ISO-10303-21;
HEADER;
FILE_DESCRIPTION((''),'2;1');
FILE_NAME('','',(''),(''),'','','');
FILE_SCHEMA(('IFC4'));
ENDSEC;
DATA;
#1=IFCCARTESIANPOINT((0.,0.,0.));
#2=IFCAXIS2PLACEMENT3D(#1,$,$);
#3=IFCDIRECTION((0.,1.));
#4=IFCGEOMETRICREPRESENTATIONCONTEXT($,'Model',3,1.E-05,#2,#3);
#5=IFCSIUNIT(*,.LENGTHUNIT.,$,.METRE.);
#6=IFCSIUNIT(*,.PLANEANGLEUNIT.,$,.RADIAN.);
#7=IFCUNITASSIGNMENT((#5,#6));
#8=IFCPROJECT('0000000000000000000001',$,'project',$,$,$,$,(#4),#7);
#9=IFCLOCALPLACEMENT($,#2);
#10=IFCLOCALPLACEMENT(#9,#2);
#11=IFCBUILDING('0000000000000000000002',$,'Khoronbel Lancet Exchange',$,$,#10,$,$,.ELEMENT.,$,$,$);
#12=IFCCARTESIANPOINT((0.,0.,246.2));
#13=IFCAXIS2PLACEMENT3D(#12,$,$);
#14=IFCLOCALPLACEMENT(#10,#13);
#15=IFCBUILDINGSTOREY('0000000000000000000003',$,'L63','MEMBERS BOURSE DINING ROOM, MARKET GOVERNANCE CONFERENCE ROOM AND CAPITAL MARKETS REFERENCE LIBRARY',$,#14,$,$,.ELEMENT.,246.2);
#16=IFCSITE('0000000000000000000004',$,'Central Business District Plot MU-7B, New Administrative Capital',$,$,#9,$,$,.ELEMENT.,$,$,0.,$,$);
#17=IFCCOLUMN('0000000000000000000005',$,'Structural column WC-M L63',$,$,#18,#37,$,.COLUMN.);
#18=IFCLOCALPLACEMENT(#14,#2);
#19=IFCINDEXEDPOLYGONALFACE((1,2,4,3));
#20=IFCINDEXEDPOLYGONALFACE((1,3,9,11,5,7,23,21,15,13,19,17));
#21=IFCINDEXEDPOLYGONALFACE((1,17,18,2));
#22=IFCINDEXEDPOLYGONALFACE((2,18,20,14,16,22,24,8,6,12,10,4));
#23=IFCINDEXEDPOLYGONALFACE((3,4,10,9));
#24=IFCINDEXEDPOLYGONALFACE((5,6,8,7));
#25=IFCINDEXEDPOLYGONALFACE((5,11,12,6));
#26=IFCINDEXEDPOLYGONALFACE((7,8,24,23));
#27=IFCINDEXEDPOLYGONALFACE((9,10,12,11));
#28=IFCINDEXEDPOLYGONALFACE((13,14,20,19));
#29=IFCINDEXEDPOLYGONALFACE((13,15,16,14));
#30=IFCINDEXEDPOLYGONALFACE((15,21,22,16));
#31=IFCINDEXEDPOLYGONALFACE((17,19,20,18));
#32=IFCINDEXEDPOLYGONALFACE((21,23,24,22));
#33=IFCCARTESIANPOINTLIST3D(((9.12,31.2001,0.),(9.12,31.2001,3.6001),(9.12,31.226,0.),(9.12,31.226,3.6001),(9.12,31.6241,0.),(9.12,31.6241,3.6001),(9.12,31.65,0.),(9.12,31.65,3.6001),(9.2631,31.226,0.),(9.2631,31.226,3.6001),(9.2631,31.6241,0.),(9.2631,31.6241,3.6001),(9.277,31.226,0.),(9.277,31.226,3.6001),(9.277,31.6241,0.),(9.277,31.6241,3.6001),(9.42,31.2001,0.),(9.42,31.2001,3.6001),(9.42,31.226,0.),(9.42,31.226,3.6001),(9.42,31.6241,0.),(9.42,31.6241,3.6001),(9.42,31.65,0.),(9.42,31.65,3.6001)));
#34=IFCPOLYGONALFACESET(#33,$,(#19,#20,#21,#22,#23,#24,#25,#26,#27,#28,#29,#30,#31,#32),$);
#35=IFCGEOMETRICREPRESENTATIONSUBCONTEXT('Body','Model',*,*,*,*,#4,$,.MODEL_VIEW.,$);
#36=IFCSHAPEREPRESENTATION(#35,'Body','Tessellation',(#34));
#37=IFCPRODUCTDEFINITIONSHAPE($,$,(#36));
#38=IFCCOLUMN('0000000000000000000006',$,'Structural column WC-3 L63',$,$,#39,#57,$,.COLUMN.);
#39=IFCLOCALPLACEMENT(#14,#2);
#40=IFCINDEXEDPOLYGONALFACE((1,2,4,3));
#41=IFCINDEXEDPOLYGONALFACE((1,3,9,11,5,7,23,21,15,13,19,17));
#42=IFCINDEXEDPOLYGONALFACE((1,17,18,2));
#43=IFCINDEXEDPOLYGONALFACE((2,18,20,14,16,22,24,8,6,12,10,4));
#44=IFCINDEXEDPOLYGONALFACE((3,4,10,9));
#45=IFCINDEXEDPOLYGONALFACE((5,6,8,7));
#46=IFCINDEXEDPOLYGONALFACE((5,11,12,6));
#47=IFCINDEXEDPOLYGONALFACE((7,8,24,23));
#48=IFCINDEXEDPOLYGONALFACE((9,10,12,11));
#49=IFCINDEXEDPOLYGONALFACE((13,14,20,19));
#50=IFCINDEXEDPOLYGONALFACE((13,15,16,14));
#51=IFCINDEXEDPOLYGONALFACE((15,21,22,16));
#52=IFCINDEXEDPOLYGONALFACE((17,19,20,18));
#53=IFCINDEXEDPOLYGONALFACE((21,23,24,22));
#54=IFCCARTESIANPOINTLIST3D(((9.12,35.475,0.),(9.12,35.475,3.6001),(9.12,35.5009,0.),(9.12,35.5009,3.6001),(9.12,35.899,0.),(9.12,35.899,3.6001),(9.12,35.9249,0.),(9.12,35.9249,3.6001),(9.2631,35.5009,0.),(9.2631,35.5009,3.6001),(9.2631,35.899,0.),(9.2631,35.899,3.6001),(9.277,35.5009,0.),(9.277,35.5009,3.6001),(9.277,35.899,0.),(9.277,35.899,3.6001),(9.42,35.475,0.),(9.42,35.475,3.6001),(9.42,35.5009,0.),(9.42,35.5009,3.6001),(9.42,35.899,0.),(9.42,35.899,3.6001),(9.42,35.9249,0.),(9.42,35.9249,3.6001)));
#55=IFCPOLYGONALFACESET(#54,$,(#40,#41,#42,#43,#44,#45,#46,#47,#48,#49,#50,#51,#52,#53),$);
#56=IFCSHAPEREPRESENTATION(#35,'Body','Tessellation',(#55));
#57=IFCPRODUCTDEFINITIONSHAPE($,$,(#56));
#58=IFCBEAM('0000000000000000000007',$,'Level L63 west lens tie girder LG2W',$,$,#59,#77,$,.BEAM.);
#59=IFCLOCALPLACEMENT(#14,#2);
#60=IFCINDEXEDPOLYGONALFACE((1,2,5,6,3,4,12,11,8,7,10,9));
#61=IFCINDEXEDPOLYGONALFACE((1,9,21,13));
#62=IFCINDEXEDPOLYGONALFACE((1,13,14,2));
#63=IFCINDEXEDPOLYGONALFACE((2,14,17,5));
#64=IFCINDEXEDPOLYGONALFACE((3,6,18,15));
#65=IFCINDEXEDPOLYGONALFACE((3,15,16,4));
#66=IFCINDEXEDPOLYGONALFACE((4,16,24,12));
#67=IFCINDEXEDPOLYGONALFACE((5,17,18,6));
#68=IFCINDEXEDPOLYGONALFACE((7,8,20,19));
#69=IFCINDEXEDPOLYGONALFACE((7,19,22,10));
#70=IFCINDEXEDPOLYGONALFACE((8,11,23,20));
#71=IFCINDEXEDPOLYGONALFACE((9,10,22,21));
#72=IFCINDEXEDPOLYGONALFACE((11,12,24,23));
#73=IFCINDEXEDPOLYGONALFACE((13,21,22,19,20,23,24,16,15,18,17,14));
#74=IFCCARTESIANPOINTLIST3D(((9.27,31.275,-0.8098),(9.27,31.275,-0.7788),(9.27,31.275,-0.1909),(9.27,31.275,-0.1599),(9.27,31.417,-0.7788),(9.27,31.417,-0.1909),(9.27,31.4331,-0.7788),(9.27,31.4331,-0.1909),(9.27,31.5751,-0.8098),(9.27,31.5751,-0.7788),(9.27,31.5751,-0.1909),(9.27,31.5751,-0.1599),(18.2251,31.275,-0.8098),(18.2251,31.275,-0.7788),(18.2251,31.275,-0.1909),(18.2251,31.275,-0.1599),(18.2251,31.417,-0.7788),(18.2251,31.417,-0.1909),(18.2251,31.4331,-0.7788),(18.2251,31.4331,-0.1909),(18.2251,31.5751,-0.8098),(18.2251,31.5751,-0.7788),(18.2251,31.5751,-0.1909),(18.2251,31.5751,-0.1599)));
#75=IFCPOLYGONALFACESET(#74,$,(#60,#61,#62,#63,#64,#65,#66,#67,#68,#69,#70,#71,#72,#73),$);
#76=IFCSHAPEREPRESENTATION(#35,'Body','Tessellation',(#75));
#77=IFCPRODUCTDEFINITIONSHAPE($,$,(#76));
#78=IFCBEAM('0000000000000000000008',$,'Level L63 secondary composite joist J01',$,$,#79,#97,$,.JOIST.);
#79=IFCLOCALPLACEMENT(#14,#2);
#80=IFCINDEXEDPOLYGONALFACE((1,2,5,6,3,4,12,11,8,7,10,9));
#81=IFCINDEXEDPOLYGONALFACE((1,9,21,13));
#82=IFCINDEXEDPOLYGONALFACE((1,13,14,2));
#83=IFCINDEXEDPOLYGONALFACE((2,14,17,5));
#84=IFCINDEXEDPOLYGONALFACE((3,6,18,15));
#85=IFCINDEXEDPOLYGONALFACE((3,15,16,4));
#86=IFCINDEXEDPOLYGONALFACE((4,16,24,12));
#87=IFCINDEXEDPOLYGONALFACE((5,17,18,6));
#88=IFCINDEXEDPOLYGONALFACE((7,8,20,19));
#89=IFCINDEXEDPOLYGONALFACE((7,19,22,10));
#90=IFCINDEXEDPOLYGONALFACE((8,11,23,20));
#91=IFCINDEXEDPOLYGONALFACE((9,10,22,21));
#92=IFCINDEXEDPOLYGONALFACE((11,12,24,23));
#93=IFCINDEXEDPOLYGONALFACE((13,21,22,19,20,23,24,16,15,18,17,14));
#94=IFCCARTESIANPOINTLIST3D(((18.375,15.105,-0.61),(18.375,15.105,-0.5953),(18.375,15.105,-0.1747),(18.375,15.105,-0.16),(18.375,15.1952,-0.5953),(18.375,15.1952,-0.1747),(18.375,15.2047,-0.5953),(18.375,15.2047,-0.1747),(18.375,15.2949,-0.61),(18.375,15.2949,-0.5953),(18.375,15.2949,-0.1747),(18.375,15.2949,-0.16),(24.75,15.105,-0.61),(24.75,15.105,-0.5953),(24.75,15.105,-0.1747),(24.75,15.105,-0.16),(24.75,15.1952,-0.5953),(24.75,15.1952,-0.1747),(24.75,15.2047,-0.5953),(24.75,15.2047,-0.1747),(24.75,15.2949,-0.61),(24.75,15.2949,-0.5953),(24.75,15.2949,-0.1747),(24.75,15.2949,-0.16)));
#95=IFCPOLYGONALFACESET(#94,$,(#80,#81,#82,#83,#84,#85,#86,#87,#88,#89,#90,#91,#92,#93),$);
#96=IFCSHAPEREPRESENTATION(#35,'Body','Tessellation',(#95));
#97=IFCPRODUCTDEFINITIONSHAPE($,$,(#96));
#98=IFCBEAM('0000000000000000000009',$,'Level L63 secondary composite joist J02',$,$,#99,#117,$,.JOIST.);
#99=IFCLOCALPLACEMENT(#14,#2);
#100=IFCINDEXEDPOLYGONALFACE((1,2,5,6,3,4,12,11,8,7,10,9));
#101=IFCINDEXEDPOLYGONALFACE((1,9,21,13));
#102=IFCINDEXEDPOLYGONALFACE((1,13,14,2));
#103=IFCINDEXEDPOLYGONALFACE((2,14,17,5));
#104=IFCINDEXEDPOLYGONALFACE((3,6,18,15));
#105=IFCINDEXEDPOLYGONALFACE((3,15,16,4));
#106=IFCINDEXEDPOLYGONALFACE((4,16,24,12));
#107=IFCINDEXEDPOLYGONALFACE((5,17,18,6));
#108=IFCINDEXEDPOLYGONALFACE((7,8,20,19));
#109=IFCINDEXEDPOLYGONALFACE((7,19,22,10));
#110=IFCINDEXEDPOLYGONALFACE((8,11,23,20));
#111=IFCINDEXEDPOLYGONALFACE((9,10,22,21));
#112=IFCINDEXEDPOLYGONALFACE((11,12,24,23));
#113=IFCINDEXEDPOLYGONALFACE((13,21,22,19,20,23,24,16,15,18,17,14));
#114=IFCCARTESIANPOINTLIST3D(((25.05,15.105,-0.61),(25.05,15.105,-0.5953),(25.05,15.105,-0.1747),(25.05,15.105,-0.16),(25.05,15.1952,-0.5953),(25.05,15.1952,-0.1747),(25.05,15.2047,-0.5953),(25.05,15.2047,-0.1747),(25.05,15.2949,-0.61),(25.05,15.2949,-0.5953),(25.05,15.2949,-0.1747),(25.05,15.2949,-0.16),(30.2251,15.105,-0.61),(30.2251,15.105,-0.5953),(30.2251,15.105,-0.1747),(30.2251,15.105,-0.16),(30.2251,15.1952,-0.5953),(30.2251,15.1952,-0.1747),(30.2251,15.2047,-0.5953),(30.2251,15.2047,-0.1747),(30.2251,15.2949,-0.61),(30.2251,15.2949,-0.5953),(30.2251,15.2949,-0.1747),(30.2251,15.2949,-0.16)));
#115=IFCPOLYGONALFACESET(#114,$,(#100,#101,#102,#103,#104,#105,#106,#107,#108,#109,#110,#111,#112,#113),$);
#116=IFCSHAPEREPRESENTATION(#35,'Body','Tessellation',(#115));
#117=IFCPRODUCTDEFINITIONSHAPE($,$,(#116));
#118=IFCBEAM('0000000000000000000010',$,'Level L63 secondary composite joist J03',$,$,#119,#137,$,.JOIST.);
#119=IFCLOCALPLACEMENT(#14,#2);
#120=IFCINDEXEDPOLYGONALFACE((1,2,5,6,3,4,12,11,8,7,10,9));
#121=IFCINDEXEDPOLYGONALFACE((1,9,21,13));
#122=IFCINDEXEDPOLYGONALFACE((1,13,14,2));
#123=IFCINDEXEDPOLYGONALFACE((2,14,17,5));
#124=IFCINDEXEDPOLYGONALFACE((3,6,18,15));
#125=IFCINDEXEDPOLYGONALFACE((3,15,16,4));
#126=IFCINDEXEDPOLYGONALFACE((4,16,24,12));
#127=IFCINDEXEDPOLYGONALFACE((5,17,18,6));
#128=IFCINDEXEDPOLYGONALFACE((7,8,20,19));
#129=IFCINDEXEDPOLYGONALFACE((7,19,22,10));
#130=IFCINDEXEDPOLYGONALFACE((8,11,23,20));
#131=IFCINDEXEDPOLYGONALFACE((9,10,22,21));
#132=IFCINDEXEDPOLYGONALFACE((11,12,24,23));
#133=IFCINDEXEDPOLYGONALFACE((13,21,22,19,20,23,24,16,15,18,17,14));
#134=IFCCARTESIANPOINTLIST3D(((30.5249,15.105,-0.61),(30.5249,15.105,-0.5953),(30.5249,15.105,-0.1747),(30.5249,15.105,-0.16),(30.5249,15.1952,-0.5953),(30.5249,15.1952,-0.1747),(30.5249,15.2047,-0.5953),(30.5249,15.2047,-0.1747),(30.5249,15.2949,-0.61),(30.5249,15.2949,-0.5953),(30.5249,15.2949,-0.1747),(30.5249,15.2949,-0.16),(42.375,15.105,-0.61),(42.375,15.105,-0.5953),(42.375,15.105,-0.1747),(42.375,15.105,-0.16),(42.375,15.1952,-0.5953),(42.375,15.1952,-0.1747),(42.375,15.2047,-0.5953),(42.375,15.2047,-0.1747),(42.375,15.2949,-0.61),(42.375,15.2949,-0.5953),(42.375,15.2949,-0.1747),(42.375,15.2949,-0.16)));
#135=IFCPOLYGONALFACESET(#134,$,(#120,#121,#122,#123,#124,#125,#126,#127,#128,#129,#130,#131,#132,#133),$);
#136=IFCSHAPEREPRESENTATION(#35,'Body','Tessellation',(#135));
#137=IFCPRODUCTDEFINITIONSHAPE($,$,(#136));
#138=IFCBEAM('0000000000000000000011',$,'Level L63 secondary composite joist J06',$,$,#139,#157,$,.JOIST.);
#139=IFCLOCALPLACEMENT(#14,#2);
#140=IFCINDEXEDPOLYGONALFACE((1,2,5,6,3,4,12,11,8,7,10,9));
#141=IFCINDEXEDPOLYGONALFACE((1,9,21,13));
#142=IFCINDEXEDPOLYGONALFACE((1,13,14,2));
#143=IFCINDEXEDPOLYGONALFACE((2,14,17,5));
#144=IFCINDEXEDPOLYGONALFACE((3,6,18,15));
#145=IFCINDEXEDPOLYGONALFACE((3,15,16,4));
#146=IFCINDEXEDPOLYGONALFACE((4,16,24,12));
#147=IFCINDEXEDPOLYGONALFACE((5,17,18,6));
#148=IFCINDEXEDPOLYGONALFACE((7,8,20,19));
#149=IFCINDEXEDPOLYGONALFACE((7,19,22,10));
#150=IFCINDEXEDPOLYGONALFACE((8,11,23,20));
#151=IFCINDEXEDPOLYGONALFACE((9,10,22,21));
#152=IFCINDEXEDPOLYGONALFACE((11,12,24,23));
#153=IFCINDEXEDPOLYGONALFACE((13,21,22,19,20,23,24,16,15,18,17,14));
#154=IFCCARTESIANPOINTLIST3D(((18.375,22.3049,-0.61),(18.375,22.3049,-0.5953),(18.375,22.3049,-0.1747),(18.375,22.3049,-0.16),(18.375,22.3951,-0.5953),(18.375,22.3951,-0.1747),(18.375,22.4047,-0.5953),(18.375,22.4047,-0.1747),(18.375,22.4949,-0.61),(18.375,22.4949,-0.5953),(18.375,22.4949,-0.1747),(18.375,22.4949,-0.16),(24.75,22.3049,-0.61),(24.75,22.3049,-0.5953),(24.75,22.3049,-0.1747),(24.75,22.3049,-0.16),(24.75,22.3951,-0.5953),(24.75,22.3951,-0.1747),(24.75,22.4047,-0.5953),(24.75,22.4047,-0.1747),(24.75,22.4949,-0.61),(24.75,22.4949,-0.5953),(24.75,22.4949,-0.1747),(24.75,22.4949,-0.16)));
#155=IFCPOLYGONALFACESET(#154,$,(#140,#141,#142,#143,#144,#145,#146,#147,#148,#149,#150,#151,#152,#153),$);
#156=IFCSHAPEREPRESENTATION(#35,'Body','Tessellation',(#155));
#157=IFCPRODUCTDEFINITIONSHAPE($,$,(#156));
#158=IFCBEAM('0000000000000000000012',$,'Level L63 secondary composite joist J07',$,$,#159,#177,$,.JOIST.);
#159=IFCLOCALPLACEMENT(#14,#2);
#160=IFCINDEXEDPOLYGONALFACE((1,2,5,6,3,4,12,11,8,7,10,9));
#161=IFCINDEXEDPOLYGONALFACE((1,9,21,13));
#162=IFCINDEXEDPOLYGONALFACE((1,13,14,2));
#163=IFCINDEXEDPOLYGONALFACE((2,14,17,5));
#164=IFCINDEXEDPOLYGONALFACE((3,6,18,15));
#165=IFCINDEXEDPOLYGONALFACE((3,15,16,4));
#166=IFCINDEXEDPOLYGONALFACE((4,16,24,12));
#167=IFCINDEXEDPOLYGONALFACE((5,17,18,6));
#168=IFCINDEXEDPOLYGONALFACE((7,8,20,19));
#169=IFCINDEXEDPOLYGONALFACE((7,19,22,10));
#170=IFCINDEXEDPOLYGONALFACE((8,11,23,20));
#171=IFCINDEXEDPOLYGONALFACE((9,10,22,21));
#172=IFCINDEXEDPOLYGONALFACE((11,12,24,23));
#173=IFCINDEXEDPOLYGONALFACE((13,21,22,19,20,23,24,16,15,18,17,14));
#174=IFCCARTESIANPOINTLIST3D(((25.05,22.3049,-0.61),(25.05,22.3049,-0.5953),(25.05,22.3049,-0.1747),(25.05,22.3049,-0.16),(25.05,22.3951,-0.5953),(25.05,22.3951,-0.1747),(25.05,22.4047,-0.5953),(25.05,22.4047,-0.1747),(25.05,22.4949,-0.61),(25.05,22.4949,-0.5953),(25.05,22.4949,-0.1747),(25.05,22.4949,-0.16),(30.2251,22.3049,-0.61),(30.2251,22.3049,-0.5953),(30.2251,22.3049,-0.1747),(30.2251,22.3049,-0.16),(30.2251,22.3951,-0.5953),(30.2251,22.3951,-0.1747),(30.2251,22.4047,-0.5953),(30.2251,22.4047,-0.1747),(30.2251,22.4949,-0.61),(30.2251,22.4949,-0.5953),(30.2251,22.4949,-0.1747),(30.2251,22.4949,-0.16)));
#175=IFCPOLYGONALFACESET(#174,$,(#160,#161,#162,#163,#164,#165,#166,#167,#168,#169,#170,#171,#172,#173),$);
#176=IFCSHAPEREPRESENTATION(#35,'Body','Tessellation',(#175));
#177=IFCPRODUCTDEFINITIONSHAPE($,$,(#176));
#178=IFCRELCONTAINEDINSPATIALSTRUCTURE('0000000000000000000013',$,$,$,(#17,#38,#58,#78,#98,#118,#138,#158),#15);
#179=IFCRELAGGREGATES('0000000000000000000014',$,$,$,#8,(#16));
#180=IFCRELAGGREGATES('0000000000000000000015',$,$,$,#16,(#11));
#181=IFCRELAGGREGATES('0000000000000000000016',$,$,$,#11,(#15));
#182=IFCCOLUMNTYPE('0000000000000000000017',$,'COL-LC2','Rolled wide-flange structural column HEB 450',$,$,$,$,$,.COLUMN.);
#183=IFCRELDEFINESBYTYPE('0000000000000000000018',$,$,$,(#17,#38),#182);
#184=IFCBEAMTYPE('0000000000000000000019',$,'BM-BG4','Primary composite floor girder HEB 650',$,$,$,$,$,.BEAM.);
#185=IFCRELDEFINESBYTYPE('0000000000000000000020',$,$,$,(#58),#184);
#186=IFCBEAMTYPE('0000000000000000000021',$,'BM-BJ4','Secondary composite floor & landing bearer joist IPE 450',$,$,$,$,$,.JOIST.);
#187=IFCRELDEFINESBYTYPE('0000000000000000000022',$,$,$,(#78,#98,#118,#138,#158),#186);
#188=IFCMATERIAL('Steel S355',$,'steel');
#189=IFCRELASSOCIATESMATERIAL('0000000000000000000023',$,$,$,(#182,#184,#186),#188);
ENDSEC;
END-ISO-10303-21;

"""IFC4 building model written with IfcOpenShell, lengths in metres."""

from ifc_helpers import new_model, si_unit, direction, frame, origin, origin_2d, place, context, subcontext, project, spatial, i_section, extrude, material, material_profile, profile_set, type_object, element, save


model = new_model("IFC4")

# Units and contexts
model_context = context("Model", 3, precision=1e-05, world=origin(), true_north=direction((0.0, 1.0)))
body_context = subcontext(model_context, "Body", "Model", "MODEL_VIEW")
ifc_project = project(units=[si_unit("LENGTHUNIT", "METRE"), si_unit("PLANEANGLEUNIT", "RADIAN")], contexts=[model_context])

# Site, building, storey
site_placement = place(None, origin())
site = spatial("IfcSite", under=ifc_project, at=site_placement, Name="Central Business District Plot MU-7B, New Administrative Capital", CompositionType="ELEMENT", RefElevation=0.0)
building_placement = place(site_placement, origin())
building = spatial("IfcBuilding", under=site, at=building_placement, Name="Khoronbel Lancet Exchange", CompositionType="ELEMENT")
storey_placement = place(building_placement, frame((0.0, 0.0, 246.2)))
storey = spatial("IfcBuildingStorey", under=building, at=storey_placement, Name="L63", Description="MEMBERS BOURSE DINING ROOM, MARKET GOVERNANCE CONFERENCE ROOM AND CAPITAL MARKETS REFERENCE LIBRARY", CompositionType="ELEMENT", Elevation=246.2)

# Columns
ifc_material_1 = material(Name="Steel S355", Category="steel")
ifc_material_profile_1 = material_profile(ifc_material_1, i_section(OverallWidth=0.3, OverallDepth=0.45, WebThickness=0.0139, FlangeThickness=0.0259, at=origin_2d()), Name="HEB 450")
ifc_profile_set_1 = profile_set([ifc_material_profile_1], Name="Steel S355")
column_type = type_object("IfcColumnType", Name="COL-LC2", Description="Rolled wide-flange structural column HEB 450", PredefinedType="COLUMN", material=ifc_profile_set_1)
for number, where, z_axis, x_axis, name in (
    (1, (9.27, 31.425, 0.0), (0.0, 0.0, 1.0), (1.0, 0.0, 0.0), "Structural column WC-M L63"),
    (2, (9.27, 35.7, 0.0), (0.0, 0.0, 1.0), (1.0, 0.0, 0.0), "Structural column WC-3 L63"),
):
    element("IfcColumn", number, at=place(storey_placement, frame(where, z_axis=z_axis, x_axis=x_axis)), inside=storey, type_object=column_type, Name=name, PredefinedType="COLUMN", context=body_context, shape_type="SweptSolid", body=[
        extrude(i_section(OverallWidth=0.3, OverallDepth=0.45, WebThickness=0.0139, FlangeThickness=0.0259, at=origin_2d()), origin(), (0.0, 0.0, 1.0), 3.6001),
    ])

# Beams
ifc_material_profile_2 = material_profile(ifc_material_1, i_section(OverallWidth=0.3, OverallDepth=0.6499, WebThickness=0.0161, FlangeThickness=0.031, at=origin_2d()), Name="HEB 650")
ifc_profile_set_2 = profile_set([ifc_material_profile_2], Name="Steel S355")
beam_type_1 = type_object("IfcBeamType", Name="BM-BG4", Description="Primary composite floor girder HEB 650", PredefinedType="BEAM", material=ifc_profile_set_2)
beam_1_placement = place(storey_placement, frame((9.27, 31.425, -0.4849), z_axis=(1.0, 0.0, 0.0), x_axis=(0.0, 1.0, 0.0)))
element("IfcBeam", 3, at=beam_1_placement, inside=storey, type_object=beam_type_1, Name="Level L63 west lens tie girder LG2W", PredefinedType="BEAM", context=body_context, shape_type="SweptSolid", body=[
    extrude(i_section(OverallWidth=0.3, OverallDepth=0.6499, WebThickness=0.0161, FlangeThickness=0.031, at=origin_2d()), origin(), (0.0, 0.0, 1.0), 8.9551),
])
ifc_material_profile_3 = material_profile(ifc_material_1, i_section(OverallWidth=0.1899, OverallDepth=0.45, WebThickness=0.0095, FlangeThickness=0.0146, at=origin_2d()), Name="IPE 450")
ifc_profile_set_3 = profile_set([ifc_material_profile_3], Name="Steel S355")
beam_type_2 = type_object("IfcBeamType", Name="BM-BJ4", Description="Secondary composite floor & landing bearer joist IPE 450", PredefinedType="JOIST", material=ifc_profile_set_3)
beam_2_placement = place(storey_placement, frame((18.375, 15.2, -0.385), z_axis=(1.0, 0.0, 0.0), x_axis=(0.0, 1.0, 0.0)))
element("IfcBeam", 4, at=beam_2_placement, inside=storey, type_object=beam_type_2, Name="Level L63 secondary composite joist J01", PredefinedType="JOIST", context=body_context, shape_type="SweptSolid", body=[
    extrude(i_section(OverallWidth=0.1899, OverallDepth=0.45, WebThickness=0.0095, FlangeThickness=0.0146, at=origin_2d()), origin(), (0.0, 0.0, 1.0), 6.375),
])
beam_3_placement = place(storey_placement, frame((25.05, 15.2, -0.385), z_axis=(1.0, 0.0, 0.0), x_axis=(0.0, 1.0, 0.0)))
element("IfcBeam", 5, at=beam_3_placement, inside=storey, type_object=beam_type_2, Name="Level L63 secondary composite joist J02", PredefinedType="JOIST", context=body_context, shape_type="SweptSolid", body=[
    extrude(i_section(OverallWidth=0.1899, OverallDepth=0.45, WebThickness=0.0095, FlangeThickness=0.0146, at=origin_2d()), origin(), (0.0, 0.0, 1.0), 5.175),
])
beam_4_placement = place(storey_placement, frame((30.5249, 15.2, -0.385), z_axis=(1.0, 0.0, 0.0), x_axis=(0.0, 1.0, 0.0)))
element("IfcBeam", 6, at=beam_4_placement, inside=storey, type_object=beam_type_2, Name="Level L63 secondary composite joist J03", PredefinedType="JOIST", context=body_context, shape_type="SweptSolid", body=[
    extrude(i_section(OverallWidth=0.1899, OverallDepth=0.45, WebThickness=0.0095, FlangeThickness=0.0146, at=origin_2d()), origin(), (0.0, 0.0, 1.0), 11.8501),
])
beam_5_placement = place(storey_placement, frame((18.375, 22.3999, -0.385), z_axis=(1.0, 0.0, 0.0), x_axis=(0.0, 1.0, 0.0)))
element("IfcBeam", 7, at=beam_5_placement, inside=storey, type_object=beam_type_2, Name="Level L63 secondary composite joist J06", PredefinedType="JOIST", context=body_context, shape_type="SweptSolid", body=[
    extrude(i_section(OverallWidth=0.1899, OverallDepth=0.45, WebThickness=0.0095, FlangeThickness=0.0146, at=origin_2d()), origin(), (0.0, 0.0, 1.0), 6.375),
])
beam_6_placement = place(storey_placement, frame((25.05, 22.3999, -0.385), z_axis=(1.0, 0.0, 0.0), x_axis=(0.0, 1.0, 0.0)))
element("IfcBeam", 8, at=beam_6_placement, inside=storey, type_object=beam_type_2, Name="Level L63 secondary composite joist J07", PredefinedType="JOIST", context=body_context, shape_type="SweptSolid", body=[
    extrude(i_section(OverallWidth=0.1899, OverallDepth=0.45, WebThickness=0.0095, FlangeThickness=0.0146, at=origin_2d()), origin(), (0.0, 0.0, 1.0), 5.175),
])

save(model, "model.ifc")
